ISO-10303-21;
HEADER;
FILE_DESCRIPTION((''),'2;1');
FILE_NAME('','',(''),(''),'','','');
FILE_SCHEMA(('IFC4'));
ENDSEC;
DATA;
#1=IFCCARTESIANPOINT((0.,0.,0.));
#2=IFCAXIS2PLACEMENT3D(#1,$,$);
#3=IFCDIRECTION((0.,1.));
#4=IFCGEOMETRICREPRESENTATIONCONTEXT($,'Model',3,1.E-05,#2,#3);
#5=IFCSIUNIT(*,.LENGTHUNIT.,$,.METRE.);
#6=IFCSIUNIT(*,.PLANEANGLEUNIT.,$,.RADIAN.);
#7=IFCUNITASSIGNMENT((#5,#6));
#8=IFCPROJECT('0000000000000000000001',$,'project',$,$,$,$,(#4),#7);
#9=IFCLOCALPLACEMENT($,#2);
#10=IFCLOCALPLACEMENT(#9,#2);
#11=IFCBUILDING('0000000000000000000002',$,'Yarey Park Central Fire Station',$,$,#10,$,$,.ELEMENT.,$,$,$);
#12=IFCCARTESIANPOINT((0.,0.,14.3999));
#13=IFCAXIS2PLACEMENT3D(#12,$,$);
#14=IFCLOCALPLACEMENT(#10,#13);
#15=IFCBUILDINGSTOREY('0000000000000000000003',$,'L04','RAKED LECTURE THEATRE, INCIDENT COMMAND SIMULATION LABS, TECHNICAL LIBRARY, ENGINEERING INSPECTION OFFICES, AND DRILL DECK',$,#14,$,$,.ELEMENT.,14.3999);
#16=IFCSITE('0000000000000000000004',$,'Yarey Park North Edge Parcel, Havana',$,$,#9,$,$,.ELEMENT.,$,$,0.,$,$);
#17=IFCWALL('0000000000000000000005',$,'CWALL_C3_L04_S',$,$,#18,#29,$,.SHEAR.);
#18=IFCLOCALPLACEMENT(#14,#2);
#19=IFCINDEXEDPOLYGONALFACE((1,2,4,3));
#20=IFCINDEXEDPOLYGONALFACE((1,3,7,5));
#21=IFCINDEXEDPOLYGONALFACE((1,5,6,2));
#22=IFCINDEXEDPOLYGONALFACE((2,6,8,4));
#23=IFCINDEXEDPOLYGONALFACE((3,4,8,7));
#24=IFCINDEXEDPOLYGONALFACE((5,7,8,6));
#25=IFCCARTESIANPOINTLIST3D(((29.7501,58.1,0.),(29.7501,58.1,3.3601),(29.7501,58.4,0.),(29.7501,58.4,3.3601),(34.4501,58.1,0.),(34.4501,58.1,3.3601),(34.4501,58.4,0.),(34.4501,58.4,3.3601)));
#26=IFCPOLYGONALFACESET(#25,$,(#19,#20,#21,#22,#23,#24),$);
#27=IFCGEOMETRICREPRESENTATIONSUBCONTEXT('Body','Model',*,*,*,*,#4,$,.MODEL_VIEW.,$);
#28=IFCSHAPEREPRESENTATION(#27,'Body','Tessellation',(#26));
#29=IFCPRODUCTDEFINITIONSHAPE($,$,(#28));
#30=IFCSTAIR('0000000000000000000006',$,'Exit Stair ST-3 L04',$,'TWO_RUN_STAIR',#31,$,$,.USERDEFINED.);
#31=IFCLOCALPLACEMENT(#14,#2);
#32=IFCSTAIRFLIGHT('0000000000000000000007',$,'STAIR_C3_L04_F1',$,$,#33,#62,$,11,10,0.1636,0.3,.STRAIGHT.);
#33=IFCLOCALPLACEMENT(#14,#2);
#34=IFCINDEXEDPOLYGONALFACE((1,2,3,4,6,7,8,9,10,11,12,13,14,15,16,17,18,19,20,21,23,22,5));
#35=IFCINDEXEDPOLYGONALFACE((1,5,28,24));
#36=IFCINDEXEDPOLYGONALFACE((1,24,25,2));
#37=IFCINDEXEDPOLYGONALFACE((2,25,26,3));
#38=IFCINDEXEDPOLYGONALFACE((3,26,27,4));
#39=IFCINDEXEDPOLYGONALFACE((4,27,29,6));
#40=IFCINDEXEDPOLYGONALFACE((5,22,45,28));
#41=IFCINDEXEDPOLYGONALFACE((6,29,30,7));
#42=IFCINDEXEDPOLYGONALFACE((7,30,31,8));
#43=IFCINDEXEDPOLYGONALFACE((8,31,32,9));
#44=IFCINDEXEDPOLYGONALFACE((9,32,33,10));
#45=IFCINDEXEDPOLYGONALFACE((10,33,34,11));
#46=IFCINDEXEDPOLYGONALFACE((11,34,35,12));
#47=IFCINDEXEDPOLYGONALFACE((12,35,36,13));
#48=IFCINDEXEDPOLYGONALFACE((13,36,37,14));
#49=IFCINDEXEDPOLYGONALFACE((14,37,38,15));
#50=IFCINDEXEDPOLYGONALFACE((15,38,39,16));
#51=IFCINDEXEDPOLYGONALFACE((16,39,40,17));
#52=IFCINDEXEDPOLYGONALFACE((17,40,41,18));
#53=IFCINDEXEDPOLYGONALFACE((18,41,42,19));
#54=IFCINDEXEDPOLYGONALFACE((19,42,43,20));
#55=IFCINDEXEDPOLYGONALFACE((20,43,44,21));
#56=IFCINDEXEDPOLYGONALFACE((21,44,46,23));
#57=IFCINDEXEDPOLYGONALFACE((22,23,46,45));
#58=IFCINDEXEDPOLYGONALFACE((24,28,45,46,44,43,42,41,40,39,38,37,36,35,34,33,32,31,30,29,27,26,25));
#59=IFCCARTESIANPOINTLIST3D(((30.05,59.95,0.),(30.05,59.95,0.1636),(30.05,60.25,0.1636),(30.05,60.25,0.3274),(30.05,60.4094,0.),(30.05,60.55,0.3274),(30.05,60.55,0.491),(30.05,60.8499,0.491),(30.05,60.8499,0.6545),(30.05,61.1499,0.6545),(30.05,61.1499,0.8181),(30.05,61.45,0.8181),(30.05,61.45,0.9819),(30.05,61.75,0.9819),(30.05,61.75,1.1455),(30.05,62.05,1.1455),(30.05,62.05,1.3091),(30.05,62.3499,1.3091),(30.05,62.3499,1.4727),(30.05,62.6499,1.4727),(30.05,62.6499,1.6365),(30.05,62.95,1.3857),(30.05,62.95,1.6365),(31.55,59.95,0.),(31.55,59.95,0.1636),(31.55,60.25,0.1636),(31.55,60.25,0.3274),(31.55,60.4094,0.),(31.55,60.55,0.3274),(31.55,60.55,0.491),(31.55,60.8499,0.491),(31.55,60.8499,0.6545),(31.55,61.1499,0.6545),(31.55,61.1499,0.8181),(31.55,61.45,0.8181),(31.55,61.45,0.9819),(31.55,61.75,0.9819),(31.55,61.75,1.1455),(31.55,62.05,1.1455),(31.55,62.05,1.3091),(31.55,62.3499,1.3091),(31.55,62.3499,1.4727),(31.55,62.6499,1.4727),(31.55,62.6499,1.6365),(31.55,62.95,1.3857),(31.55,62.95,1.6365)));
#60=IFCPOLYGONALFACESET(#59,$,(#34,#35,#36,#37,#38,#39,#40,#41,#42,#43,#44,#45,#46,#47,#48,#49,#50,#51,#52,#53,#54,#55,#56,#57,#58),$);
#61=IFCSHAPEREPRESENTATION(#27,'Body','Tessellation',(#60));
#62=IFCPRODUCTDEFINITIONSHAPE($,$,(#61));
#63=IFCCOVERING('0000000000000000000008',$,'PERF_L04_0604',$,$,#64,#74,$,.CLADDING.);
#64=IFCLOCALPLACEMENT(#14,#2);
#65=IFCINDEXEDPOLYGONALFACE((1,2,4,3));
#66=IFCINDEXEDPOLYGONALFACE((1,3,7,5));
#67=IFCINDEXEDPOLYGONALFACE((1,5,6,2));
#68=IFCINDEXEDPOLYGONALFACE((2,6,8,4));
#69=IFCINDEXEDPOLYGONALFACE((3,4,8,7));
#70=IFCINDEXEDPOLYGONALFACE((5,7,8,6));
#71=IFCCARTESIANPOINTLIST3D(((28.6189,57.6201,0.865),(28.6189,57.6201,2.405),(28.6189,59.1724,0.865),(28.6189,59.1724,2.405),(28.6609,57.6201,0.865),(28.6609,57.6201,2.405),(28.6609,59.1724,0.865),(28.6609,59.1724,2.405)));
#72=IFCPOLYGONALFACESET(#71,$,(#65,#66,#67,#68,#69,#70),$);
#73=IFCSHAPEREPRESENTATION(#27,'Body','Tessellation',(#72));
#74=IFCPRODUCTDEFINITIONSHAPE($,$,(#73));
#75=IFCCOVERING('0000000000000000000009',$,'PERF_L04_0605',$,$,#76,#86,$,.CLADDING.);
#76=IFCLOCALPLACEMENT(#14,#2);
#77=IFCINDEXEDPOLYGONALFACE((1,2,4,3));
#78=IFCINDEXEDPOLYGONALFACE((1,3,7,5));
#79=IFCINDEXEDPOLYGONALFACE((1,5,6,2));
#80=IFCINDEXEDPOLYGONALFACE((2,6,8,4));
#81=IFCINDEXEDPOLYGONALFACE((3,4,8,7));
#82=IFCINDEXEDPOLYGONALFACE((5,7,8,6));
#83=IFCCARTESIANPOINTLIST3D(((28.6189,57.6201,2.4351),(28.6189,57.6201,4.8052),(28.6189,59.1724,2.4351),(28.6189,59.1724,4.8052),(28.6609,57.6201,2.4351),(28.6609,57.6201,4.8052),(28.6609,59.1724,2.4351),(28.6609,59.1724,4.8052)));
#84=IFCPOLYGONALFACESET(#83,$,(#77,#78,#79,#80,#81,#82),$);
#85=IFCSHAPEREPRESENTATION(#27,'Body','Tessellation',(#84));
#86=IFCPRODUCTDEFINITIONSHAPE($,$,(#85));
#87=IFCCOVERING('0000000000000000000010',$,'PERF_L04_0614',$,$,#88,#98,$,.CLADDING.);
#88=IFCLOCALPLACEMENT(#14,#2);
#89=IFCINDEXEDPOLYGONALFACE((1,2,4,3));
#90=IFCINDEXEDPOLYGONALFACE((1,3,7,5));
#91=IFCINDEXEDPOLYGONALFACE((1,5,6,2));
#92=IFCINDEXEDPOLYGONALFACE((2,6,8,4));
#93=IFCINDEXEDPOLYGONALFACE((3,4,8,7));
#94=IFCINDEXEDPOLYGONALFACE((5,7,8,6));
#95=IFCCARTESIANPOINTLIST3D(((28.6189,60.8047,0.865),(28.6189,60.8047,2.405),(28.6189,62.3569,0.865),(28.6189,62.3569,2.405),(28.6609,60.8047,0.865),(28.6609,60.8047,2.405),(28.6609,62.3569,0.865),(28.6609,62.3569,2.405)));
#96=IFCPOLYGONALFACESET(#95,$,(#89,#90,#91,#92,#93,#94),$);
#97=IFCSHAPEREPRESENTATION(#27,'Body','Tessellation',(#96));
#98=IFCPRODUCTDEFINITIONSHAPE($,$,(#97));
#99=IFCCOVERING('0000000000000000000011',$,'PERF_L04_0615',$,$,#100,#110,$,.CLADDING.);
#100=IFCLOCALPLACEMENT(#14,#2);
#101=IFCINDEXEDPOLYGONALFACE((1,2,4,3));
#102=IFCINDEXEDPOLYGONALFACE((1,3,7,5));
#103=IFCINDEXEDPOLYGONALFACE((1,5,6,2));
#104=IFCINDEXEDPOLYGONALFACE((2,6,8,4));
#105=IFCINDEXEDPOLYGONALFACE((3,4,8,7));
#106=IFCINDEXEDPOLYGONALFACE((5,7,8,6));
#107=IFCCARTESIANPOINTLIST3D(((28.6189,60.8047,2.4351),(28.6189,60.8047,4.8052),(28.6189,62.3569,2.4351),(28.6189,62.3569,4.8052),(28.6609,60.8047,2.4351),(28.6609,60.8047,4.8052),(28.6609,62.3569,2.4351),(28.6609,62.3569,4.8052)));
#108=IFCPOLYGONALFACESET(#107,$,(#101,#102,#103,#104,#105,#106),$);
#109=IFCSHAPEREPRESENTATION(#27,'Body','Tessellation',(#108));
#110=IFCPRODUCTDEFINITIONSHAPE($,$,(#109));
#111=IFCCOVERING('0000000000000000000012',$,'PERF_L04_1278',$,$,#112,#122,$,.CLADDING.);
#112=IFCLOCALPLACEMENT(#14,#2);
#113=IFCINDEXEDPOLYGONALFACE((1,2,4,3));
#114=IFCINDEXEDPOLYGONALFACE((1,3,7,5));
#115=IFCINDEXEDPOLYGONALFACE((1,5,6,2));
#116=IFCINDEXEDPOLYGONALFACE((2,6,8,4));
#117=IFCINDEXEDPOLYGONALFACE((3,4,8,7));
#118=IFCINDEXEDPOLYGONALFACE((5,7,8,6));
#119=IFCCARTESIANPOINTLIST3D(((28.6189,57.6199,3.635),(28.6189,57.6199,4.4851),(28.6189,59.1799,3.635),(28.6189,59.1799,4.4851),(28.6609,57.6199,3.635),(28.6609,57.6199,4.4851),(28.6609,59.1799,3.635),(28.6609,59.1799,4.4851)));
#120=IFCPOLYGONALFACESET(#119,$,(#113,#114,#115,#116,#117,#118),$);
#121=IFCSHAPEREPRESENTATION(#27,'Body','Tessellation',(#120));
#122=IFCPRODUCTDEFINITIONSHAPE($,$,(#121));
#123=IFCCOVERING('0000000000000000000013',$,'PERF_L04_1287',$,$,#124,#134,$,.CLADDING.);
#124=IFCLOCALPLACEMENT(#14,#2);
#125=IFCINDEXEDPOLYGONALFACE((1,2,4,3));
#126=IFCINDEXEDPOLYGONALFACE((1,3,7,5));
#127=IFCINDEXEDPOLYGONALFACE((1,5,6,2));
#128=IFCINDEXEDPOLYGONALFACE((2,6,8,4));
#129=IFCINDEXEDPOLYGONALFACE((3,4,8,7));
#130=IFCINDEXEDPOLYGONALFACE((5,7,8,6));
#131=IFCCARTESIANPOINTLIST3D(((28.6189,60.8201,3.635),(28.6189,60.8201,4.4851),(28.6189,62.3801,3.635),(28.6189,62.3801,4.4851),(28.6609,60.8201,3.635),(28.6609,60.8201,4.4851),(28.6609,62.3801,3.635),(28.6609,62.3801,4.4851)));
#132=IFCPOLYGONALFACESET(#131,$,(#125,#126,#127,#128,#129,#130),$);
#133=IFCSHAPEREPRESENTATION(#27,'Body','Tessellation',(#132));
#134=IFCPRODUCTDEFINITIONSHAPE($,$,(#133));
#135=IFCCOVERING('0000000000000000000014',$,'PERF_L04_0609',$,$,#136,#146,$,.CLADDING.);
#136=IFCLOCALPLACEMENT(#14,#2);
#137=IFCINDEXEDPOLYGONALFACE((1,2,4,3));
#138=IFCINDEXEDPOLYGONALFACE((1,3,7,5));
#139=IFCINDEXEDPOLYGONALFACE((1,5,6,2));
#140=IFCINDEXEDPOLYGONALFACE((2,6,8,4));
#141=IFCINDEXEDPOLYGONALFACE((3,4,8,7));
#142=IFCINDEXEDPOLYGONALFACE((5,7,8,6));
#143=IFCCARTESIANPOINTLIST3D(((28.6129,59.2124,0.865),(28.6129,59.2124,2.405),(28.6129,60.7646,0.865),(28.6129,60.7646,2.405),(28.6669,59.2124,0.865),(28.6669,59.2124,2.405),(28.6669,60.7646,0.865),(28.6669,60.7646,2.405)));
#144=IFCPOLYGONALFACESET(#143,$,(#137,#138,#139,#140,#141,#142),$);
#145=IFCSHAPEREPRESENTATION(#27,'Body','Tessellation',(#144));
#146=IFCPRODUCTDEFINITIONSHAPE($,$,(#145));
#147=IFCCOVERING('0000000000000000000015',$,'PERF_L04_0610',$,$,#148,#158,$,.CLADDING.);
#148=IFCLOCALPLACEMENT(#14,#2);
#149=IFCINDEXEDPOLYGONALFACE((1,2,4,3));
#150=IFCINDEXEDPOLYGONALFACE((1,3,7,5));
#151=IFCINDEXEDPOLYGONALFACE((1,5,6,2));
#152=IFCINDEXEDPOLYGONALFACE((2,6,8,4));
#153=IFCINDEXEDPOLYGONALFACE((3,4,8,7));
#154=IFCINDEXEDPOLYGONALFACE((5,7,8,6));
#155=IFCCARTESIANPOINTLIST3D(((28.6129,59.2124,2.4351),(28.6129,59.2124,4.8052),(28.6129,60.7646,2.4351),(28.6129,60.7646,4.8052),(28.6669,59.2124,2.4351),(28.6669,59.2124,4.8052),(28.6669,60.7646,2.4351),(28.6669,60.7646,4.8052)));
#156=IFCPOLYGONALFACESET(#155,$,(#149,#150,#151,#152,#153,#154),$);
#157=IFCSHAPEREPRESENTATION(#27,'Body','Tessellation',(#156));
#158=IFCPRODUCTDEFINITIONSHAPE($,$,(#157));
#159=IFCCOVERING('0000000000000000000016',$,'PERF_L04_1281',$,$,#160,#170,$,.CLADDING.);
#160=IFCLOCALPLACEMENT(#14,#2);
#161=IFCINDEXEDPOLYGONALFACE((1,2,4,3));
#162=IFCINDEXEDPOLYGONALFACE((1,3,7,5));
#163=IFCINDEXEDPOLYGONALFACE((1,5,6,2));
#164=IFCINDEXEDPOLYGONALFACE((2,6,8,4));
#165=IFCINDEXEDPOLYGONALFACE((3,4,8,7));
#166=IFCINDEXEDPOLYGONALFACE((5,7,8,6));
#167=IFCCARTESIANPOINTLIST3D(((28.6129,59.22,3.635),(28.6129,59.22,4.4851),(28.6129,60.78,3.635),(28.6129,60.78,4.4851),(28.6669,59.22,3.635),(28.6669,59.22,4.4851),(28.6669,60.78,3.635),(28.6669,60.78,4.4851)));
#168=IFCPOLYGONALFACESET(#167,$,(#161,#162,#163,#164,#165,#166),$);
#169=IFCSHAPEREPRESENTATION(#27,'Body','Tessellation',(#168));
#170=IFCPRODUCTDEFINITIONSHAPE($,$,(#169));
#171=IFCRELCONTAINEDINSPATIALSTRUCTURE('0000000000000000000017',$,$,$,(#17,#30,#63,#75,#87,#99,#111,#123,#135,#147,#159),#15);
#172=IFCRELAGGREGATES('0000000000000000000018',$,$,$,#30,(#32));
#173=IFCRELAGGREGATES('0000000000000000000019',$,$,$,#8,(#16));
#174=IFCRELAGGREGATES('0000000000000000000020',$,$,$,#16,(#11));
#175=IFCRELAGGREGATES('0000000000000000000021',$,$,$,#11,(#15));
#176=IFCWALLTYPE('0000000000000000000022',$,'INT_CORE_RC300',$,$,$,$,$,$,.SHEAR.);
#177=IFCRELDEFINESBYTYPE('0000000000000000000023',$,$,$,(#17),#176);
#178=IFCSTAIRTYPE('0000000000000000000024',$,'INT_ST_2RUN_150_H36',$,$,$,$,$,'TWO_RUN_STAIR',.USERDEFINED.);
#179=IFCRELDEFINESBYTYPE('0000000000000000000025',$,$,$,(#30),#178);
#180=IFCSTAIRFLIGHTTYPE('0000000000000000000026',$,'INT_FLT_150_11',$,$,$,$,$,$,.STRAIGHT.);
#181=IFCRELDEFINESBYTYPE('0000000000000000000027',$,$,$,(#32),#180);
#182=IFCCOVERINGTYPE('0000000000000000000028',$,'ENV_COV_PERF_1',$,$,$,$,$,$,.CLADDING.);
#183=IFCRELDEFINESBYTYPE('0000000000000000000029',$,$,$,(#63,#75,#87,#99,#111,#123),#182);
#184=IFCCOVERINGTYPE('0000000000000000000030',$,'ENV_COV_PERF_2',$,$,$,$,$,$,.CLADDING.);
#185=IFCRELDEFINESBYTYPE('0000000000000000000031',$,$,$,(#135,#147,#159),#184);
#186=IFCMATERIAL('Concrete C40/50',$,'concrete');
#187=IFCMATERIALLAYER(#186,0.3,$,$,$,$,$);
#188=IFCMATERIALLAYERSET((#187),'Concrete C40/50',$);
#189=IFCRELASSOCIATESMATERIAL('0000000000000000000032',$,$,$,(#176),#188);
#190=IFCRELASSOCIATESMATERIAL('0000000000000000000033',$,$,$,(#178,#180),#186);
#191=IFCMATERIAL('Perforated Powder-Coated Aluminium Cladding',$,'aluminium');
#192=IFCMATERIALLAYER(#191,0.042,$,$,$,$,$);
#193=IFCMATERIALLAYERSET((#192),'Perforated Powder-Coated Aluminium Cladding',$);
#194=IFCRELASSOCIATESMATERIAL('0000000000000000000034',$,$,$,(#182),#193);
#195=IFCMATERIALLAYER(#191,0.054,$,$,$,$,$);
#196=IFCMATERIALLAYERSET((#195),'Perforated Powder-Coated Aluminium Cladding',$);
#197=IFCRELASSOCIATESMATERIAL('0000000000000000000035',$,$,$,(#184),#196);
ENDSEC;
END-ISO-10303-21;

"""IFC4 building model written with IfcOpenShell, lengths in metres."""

from ifc_helpers import new_model, si_unit, direction, frame, frame_2d, origin, origin_2d, place, context, subcontext, project, spatial, polyline, rectangle, outline, extrude, material, layer, layer_set, type_object, element, aggregate, save


model = new_model("IFC4")

# Units and contexts
model_context = context("Model", 3, precision=1e-05, world=origin(), true_north=direction((0.0, 1.0)))
body_context = subcontext(model_context, "Body", "Model", "MODEL_VIEW")
ifc_project = project(units=[si_unit("LENGTHUNIT", "METRE"), si_unit("PLANEANGLEUNIT", "RADIAN")], contexts=[model_context])

# Site, building, storey
site_placement = place(None, origin())
site = spatial("IfcSite", under=ifc_project, at=site_placement, Name="Yarey Park North Edge Parcel, Havana", CompositionType="ELEMENT", RefElevation=0.0)
building_placement = place(site_placement, origin())
building = spatial("IfcBuilding", under=site, at=building_placement, Name="Yarey Park Central Fire Station", CompositionType="ELEMENT")
storey_placement = place(building_placement, frame((0.0, 0.0, 14.3999)))
storey = spatial("IfcBuildingStorey", under=building, at=storey_placement, Name="L04", Description="RAKED LECTURE THEATRE, INCIDENT COMMAND SIMULATION LABS, TECHNICAL LIBRARY, ENGINEERING INSPECTION OFFICES, AND DRILL DECK", CompositionType="ELEMENT", Elevation=14.3999)

# Wall
ifc_material_1 = material(Name="Concrete C40/50", Category="concrete")
ifc_layer_1 = layer(ifc_material_1, 0.3)
ifc_layer_set_1 = layer_set([ifc_layer_1], Name="Concrete C40/50")
wall_type = type_object("IfcWallType", Name="INT_CORE_RC300", PredefinedType="SHEAR", material=ifc_layer_set_1)
wall_placement = place(storey_placement, frame((29.75, 58.25, 0.0), z_axis=(0.0, 0.0, 1.0), x_axis=(1.0, 0.0, 0.0)))
element("IfcWall", 1, at=wall_placement, inside=storey, type_object=wall_type, Name="CWALL_C3_L04_S", PredefinedType="SHEAR", context=body_context, shape_type="SweptSolid", body=[
    extrude(rectangle(XDim=4.7, YDim=0.3, at=frame_2d((2.3501, 0.0))), origin(), (0.0, 0.0, 1.0), 3.3601),
])

# Stair, stair flight
stair_type = type_object("IfcStairType", Name="INT_ST_2RUN_150_H36", ElementType="TWO_RUN_STAIR", PredefinedType="USERDEFINED", material=ifc_material_1)
stair_placement = place(storey_placement, origin())
stair = element("IfcStair", 2, at=stair_placement, inside=storey, type_object=stair_type, Name="Exit Stair ST-3 L04", ObjectType="TWO_RUN_STAIR", PredefinedType="USERDEFINED")
stair_flight_type = type_object("IfcStairFlightType", Name="INT_FLT_150_11", PredefinedType="STRAIGHT", material=ifc_material_1)
stair_flight_placement = place(storey_placement, frame((30.8, 59.95, 0.0), z_axis=(0.0, 0.0, 1.0), x_axis=(0.0, 1.0, 0.0)))
stair_flight = element("IfcStairFlight", 3, at=stair_flight_placement, type_object=stair_flight_type, Name="STAIR_C3_L04_F1", NumberOfRisers=11, NumberOfTreads=10, PredefinedType="STRAIGHT", RiserHeight=0.1636, TreadLength=0.3, context=body_context, shape_type="SweptSolid", body=[
    extrude(outline(polyline([(0.0, 0.0), (0.0, 0.1636), (0.3, 0.1636), (0.3, 0.3274), (0.6001, 0.3274), (0.6001, 0.491), (0.8999, 0.491), (0.8999, 0.6545), (1.2, 0.6545), (1.2, 0.8181), (1.5, 0.8181), (1.5, 0.9819), (1.8, 0.9819), (1.8, 1.1455), (2.1001, 1.1455), (2.1001, 1.3091), (2.3999, 1.3091), (2.3999, 1.4727), (2.7, 1.4727), (2.7, 1.6365), (3.0, 1.6365), (3.0, 1.8), (3.0, 1.3857), (0.4595, 0.0), (0.0, 0.0)])), frame((0.0, 0.75, 0.0), z_axis=(0.0, -1.0, 0.0), x_axis=(1.0, 0.0, 0.0)), (0.0, 0.0, 1.0), 1.5),
])
aggregate(stair, [stair_flight])

# Coverings
ifc_material_2 = material(Name="Perforated Powder-Coated Aluminium Cladding", Category="aluminium")
ifc_layer_2 = layer(ifc_material_2, 0.042)
ifc_layer_set_2 = layer_set([ifc_layer_2], Name="Perforated Powder-Coated Aluminium Cladding")
covering_type_1 = type_object("IfcCoveringType", Name="ENV_COV_PERF_1", PredefinedType="CLADDING", material=ifc_layer_set_2)
covering_1_placement = place(storey_placement, frame((28.6399, 58.3962, 0.865), z_axis=(0.0, 0.0, 1.0), x_axis=(0.0, 1.0, 0.0)))
element("IfcCovering", 4, at=covering_1_placement, inside=storey, type_object=covering_type_1, Name="PERF_L04_0604", PredefinedType="CLADDING", context=body_context, shape_type="SweptSolid", body=[
    extrude(rectangle(XDim=1.5522, YDim=0.042, at=origin_2d()), origin(), (0.0, 0.0, 1.0), 1.54),
])
covering_2_placement = place(storey_placement, frame((28.6399, 58.3962, 2.4351), z_axis=(0.0, 0.0, 1.0), x_axis=(0.0, 1.0, 0.0)))
element("IfcCovering", 5, at=covering_2_placement, inside=storey, type_object=covering_type_1, Name="PERF_L04_0605", PredefinedType="CLADDING", context=body_context, shape_type="SweptSolid", body=[
    extrude(rectangle(XDim=1.5522, YDim=0.042, at=origin_2d()), origin(), (0.0, 0.0, 1.0), 2.3701),
])
covering_3_placement = place(storey_placement, frame((28.6399, 61.5808, 0.865), z_axis=(0.0, 0.0, 1.0), x_axis=(0.0, 1.0, 0.0)))
element("IfcCovering", 6, at=covering_3_placement, inside=storey, type_object=covering_type_1, Name="PERF_L04_0614", PredefinedType="CLADDING", context=body_context, shape_type="SweptSolid", body=[
    extrude(rectangle(XDim=1.5522, YDim=0.042, at=origin_2d()), origin(), (0.0, 0.0, 1.0), 1.54),
])
covering_4_placement = place(storey_placement, frame((28.6399, 61.5808, 2.4351), z_axis=(0.0, 0.0, 1.0), x_axis=(0.0, 1.0, 0.0)))
element("IfcCovering", 7, at=covering_4_placement, inside=storey, type_object=covering_type_1, Name="PERF_L04_0615", PredefinedType="CLADDING", context=body_context, shape_type="SweptSolid", body=[
    extrude(rectangle(XDim=1.5522, YDim=0.042, at=origin_2d()), origin(), (0.0, 0.0, 1.0), 2.3701),
])
for number, where, z_axis, x_axis, name in (
    (8, (28.6399, 58.3999, 3.635), (0.0, 0.0, 1.0), (0.0, 1.0, 0.0), "PERF_L04_1278"),
    (9, (28.6399, 61.6001, 3.635), (0.0, 0.0, 1.0), (0.0, 1.0, 0.0), "PERF_L04_1287"),
):
    element("IfcCovering", number, at=place(storey_placement, frame(where, z_axis=z_axis, x_axis=x_axis)), inside=storey, type_object=covering_type_1, Name=name, PredefinedType="CLADDING", context=body_context, shape_type="SweptSolid", body=[
        extrude(rectangle(XDim=1.5601, YDim=0.042, at=origin_2d()), origin(), (0.0, 0.0, 1.0), 0.8501),
    ])
ifc_layer_3 = layer(ifc_material_2, 0.054)
ifc_layer_set_3 = layer_set([ifc_layer_3], Name="Perforated Powder-Coated Aluminium Cladding")
covering_type_2 = type_object("IfcCoveringType", Name="ENV_COV_PERF_2", PredefinedType="CLADDING", material=ifc_layer_set_3)
covering_5_placement = place(storey_placement, frame((28.6399, 59.9885, 0.865), z_axis=(0.0, 0.0, 1.0), x_axis=(0.0, 1.0, 0.0)))
element("IfcCovering", 10, at=covering_5_placement, inside=storey, type_object=covering_type_2, Name="PERF_L04_0609", PredefinedType="CLADDING", context=body_context, shape_type="SweptSolid", body=[
    extrude(rectangle(XDim=1.5522, YDim=0.054, at=origin_2d()), origin(), (0.0, 0.0, 1.0), 1.54),
])
covering_6_placement = place(storey_placement, frame((28.6399, 59.9885, 2.4351), z_axis=(0.0, 0.0, 1.0), x_axis=(0.0, 1.0, 0.0)))
element("IfcCovering", 11, at=covering_6_placement, inside=storey, type_object=covering_type_2, Name="PERF_L04_0610", PredefinedType="CLADDING", context=body_context, shape_type="SweptSolid", body=[
    extrude(rectangle(XDim=1.5522, YDim=0.054, at=origin_2d()), origin(), (0.0, 0.0, 1.0), 2.3701),
])
covering_7_placement = place(storey_placement, frame((28.6399, 60.0, 3.635), z_axis=(0.0, 0.0, 1.0), x_axis=(0.0, 1.0, 0.0)))
element("IfcCovering", 12, at=covering_7_placement, inside=storey, type_object=covering_type_2, Name="PERF_L04_1281", PredefinedType="CLADDING", context=body_context, shape_type="SweptSolid", body=[
    extrude(rectangle(XDim=1.5601, YDim=0.054, at=origin_2d()), origin(), (0.0, 0.0, 1.0), 0.8501),
])

save(model, "model.ifc")
